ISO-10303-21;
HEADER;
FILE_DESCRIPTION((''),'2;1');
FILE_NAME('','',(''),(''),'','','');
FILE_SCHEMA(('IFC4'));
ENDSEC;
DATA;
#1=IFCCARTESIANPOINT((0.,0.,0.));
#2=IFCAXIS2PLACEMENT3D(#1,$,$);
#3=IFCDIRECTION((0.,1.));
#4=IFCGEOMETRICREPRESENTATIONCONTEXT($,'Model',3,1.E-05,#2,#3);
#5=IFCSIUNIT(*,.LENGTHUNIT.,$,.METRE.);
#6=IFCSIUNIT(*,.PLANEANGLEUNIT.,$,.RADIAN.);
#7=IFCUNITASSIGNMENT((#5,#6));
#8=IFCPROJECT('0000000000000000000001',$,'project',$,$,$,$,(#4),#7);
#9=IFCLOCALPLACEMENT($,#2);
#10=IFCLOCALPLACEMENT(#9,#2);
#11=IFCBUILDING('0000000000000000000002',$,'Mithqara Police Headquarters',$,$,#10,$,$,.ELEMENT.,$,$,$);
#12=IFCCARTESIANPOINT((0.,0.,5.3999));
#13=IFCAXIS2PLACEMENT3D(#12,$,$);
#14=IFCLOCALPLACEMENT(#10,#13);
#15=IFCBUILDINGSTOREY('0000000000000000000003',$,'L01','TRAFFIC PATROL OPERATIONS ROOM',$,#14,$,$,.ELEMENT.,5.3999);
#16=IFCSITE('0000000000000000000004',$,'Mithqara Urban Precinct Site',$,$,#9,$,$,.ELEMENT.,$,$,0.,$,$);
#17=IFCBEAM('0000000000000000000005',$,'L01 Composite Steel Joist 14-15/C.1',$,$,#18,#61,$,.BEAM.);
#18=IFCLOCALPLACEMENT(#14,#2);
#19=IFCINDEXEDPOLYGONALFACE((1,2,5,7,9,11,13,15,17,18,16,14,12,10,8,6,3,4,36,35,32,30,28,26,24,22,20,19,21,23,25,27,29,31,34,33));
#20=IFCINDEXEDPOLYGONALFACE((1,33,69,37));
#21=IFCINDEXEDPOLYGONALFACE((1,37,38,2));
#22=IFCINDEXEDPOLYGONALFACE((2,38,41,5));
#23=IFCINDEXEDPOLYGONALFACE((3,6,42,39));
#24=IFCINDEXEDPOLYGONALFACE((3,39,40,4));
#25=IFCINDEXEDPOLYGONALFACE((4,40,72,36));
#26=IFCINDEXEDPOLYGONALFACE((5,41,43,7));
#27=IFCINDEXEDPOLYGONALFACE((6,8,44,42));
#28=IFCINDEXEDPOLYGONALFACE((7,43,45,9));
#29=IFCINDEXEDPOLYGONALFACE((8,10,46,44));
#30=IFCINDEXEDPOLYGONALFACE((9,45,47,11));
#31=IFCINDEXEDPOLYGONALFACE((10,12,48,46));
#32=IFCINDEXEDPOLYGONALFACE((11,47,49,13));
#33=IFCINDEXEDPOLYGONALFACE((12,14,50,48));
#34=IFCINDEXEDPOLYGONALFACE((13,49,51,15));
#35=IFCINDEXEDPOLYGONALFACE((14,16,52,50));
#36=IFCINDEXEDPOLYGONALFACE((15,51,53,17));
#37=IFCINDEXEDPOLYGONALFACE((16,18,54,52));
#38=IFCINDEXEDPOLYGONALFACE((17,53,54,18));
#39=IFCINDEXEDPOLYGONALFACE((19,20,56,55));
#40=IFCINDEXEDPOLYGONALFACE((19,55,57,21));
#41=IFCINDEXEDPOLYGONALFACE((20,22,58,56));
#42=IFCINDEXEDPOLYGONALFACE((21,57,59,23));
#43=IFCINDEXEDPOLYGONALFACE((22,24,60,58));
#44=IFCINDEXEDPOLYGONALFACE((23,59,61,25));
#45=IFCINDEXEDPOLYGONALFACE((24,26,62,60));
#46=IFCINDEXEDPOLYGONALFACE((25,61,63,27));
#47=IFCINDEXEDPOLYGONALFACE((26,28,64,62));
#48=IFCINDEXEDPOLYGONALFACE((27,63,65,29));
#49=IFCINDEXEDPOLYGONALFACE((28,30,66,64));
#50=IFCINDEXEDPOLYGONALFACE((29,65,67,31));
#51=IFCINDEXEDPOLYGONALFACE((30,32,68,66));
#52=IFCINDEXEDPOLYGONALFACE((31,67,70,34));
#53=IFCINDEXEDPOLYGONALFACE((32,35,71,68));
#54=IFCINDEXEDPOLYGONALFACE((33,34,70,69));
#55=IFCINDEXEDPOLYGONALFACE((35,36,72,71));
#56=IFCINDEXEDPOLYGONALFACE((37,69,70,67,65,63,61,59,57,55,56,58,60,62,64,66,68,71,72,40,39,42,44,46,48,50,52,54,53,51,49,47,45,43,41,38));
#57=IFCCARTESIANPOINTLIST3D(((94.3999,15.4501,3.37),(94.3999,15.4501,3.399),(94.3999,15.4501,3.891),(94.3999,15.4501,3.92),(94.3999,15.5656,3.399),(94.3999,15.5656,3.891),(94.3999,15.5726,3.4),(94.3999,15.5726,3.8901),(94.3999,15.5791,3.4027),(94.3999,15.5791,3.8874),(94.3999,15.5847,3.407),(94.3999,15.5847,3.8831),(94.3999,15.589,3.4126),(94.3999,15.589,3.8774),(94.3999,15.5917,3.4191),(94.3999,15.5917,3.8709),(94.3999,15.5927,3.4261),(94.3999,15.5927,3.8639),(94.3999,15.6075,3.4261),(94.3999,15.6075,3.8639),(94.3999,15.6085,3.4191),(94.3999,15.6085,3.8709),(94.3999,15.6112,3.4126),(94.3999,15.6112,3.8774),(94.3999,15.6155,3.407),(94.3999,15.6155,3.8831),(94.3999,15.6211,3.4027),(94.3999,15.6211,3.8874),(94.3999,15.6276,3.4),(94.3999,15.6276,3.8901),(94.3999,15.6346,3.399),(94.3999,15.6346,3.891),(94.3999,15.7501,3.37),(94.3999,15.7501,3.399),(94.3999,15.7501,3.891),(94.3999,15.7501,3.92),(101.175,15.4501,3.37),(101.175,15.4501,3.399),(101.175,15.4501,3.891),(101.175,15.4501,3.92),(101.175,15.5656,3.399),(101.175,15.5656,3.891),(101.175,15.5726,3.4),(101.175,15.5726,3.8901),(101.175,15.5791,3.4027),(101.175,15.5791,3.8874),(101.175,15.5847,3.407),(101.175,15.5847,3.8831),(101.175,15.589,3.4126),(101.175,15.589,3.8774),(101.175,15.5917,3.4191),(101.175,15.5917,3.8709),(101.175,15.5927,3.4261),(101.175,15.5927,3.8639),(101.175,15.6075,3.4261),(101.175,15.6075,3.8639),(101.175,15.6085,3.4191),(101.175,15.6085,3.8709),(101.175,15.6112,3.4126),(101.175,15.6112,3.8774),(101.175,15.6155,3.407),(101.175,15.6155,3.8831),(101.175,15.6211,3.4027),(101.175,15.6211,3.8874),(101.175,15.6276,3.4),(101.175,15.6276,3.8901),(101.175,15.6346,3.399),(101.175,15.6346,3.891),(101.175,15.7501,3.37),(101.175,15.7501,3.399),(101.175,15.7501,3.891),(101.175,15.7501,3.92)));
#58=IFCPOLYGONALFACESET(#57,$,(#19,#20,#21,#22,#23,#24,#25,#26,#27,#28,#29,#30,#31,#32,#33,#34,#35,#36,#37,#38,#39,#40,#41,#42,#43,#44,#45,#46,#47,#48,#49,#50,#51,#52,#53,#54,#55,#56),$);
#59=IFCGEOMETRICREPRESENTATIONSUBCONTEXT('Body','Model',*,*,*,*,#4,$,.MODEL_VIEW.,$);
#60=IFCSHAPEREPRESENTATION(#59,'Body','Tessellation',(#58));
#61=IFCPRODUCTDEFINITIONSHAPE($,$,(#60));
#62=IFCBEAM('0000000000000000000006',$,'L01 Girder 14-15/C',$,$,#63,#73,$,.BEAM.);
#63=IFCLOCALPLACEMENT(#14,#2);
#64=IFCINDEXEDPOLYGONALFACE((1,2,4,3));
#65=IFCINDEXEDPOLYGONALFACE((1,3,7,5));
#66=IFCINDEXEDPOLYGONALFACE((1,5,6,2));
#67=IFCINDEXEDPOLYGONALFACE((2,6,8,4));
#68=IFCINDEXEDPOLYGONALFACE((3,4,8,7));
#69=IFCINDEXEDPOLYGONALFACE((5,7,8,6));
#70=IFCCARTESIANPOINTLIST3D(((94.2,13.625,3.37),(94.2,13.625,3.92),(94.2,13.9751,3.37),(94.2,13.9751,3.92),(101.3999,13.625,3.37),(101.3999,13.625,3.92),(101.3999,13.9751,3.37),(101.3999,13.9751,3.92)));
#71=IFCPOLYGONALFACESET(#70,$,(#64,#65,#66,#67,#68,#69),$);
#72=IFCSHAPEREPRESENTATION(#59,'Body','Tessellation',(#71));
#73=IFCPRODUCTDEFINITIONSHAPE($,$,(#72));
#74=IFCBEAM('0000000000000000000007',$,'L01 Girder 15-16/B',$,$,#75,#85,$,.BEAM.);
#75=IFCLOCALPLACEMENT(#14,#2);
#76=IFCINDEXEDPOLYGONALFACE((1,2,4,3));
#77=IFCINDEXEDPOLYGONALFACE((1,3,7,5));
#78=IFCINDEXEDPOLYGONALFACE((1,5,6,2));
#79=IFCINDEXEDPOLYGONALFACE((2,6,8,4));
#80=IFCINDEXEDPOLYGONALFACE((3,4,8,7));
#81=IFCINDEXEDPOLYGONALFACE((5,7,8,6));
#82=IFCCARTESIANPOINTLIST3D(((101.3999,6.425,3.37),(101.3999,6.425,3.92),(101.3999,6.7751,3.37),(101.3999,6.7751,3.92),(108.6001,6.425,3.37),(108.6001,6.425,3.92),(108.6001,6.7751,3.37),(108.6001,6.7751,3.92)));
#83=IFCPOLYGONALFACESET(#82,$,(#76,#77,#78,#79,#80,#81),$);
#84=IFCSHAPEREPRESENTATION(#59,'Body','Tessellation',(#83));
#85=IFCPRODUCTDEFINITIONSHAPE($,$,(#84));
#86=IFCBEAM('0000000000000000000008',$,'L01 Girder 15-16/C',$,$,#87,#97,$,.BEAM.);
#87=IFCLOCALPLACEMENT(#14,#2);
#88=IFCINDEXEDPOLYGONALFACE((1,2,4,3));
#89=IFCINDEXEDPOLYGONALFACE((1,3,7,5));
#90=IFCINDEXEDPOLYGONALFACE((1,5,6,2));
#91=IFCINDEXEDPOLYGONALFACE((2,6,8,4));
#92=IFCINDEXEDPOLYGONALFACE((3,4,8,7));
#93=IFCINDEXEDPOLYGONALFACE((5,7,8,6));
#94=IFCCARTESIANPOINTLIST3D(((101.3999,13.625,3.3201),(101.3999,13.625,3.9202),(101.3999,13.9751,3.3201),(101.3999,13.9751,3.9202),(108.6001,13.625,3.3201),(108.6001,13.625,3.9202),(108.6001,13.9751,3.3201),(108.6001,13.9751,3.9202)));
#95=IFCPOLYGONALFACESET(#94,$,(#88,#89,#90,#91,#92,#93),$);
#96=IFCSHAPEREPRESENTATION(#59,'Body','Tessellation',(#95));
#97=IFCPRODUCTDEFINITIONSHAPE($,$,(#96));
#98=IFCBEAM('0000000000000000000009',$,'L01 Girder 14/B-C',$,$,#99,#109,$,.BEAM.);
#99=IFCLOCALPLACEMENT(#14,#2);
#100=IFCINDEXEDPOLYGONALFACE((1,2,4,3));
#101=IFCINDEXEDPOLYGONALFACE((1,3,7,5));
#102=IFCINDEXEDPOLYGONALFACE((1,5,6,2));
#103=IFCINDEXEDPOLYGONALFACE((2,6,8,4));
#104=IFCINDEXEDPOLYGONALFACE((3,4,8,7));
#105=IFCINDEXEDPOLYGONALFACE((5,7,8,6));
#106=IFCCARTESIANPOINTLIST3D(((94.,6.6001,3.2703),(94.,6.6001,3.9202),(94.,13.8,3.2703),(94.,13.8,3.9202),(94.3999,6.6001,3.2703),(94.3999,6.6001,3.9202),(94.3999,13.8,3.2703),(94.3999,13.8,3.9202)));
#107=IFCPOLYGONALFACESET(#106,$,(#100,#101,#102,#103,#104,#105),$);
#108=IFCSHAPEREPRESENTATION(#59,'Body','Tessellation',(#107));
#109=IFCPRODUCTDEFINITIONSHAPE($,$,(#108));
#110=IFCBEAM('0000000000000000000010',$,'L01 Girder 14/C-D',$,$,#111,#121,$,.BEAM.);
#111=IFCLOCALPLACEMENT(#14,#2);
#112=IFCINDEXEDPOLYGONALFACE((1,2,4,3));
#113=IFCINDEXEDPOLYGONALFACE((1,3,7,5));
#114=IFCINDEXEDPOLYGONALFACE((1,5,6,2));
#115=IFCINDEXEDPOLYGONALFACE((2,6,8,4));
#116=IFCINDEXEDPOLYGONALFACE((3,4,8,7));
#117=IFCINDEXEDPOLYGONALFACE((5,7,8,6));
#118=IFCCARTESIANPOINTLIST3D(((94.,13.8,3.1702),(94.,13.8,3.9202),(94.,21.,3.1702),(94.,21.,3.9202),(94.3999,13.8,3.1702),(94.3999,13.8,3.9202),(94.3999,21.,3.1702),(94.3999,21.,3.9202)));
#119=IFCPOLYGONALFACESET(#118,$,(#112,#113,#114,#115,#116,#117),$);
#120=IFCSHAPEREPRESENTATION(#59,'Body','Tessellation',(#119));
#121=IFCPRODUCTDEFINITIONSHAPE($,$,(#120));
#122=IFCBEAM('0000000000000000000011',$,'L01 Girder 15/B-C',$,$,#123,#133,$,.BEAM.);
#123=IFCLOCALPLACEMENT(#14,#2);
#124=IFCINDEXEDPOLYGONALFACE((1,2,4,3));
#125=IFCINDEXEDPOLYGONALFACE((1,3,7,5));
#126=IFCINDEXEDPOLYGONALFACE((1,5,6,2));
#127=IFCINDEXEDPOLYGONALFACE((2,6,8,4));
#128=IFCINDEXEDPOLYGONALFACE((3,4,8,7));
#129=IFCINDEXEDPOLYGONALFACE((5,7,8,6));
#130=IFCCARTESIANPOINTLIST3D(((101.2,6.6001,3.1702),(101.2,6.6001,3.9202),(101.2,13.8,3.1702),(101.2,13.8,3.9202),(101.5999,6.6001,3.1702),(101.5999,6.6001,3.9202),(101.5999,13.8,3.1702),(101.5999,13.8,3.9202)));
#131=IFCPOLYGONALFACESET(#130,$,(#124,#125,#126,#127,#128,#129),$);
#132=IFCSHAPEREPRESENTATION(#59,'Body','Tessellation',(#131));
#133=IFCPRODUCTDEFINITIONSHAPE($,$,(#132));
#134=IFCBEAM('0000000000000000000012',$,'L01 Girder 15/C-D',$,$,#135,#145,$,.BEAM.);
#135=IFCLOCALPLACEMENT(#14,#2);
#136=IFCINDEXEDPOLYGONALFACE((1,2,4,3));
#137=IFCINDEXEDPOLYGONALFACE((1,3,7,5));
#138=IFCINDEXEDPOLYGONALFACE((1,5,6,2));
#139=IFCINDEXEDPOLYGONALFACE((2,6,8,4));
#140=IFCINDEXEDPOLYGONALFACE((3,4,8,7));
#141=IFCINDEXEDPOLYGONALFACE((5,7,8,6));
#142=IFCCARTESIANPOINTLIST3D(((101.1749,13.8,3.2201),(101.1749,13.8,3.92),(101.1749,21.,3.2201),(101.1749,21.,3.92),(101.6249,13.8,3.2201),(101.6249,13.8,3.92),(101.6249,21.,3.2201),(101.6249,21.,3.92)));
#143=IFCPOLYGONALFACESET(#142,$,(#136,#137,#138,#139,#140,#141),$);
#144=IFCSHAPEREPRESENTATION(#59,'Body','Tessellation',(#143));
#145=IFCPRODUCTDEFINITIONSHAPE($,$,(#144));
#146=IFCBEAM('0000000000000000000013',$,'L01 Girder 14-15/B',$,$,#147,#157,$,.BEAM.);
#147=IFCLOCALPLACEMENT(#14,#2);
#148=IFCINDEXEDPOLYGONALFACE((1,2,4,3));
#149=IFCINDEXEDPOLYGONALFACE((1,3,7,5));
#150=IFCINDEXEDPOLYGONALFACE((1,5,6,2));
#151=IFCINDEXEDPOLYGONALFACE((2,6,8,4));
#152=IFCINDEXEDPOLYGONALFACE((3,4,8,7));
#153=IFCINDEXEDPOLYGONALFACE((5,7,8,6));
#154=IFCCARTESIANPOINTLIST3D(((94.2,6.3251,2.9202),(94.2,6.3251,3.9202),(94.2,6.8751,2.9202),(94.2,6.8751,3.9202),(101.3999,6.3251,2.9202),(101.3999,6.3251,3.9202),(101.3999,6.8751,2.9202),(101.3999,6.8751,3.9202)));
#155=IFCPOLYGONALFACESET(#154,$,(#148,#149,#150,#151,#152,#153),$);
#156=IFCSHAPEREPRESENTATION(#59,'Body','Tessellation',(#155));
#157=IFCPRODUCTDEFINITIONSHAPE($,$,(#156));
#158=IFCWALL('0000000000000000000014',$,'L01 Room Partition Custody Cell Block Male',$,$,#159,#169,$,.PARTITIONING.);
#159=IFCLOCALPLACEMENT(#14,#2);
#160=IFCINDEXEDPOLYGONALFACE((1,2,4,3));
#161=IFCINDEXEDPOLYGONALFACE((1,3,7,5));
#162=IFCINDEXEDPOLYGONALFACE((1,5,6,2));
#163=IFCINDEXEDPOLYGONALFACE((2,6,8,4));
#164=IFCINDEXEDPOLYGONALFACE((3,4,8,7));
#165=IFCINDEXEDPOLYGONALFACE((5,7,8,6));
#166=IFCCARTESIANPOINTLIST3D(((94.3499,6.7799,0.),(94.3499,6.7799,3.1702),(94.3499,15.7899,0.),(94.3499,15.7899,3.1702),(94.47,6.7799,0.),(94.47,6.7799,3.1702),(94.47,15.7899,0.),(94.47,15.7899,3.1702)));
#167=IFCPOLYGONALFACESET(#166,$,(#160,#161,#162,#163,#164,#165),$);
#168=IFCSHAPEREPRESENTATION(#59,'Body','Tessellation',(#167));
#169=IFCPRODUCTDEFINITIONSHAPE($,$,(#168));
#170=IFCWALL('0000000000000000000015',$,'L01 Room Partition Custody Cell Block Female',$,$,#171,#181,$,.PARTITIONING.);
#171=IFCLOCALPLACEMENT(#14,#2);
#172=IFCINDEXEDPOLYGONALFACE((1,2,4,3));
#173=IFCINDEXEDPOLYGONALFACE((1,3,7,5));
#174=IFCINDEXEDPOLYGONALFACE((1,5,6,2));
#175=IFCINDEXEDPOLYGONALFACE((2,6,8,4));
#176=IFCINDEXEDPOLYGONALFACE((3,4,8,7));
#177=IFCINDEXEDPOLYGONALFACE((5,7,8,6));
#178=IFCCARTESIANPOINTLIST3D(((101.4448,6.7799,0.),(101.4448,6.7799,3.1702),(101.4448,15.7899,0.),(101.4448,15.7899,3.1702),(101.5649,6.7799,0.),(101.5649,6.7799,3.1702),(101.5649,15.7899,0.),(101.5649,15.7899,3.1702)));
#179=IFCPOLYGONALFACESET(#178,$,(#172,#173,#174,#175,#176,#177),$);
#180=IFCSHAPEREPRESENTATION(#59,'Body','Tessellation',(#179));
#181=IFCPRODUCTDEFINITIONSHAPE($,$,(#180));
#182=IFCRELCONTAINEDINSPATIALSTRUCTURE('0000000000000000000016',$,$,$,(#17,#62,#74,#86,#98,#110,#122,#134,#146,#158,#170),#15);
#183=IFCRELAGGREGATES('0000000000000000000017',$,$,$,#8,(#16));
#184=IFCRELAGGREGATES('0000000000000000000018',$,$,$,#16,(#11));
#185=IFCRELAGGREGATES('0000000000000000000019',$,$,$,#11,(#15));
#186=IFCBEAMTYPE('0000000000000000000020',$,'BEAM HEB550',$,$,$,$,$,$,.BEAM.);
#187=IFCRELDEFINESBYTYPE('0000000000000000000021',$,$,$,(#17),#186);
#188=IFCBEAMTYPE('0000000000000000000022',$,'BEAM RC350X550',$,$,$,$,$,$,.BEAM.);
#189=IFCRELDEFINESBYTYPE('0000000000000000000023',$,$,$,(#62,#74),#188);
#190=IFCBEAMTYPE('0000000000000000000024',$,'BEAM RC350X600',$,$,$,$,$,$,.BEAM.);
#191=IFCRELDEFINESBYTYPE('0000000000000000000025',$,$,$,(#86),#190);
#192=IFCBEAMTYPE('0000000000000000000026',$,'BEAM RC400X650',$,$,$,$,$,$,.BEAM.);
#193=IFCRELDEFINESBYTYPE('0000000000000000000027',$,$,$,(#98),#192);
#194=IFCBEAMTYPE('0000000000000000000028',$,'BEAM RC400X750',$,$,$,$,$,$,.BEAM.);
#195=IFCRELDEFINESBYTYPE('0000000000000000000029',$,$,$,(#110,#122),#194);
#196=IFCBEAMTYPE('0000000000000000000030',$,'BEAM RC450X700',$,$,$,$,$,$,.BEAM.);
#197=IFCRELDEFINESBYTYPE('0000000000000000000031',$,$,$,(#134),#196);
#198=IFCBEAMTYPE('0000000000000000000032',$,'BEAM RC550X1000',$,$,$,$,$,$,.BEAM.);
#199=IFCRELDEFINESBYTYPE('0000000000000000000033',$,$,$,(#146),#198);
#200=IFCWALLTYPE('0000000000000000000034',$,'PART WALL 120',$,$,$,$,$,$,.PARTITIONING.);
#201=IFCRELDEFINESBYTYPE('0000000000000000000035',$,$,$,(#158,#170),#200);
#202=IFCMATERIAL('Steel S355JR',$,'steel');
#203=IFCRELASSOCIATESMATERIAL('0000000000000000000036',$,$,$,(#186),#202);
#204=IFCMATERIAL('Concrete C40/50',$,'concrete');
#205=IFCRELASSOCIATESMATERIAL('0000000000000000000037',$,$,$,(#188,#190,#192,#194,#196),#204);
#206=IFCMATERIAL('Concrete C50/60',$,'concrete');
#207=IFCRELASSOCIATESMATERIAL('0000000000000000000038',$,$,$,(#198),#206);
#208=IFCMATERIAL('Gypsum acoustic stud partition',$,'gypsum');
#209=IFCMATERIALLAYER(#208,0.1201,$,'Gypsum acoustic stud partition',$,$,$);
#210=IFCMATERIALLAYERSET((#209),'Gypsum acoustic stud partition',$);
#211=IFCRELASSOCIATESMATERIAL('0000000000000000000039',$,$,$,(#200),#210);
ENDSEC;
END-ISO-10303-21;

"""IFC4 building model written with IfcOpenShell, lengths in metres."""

from ifc_helpers import new_model, si_unit, direction, frame, frame_2d, origin, origin_2d, place, context, subcontext, project, spatial, rectangle, i_section, extrude, material, layer, layer_set, material_profile, profile_set, type_object, element, save


model = new_model("IFC4")

# Units and contexts
model_context = context("Model", 3, precision=1e-05, world=origin(), true_north=direction((0.0, 1.0)))
body_context = subcontext(model_context, "Body", "Model", "MODEL_VIEW")
ifc_project = project(units=[si_unit("LENGTHUNIT", "METRE"), si_unit("PLANEANGLEUNIT", "RADIAN")], contexts=[model_context])

# Site, building, storey
site_placement = place(None, origin())
site = spatial("IfcSite", under=ifc_project, at=site_placement, Name="Mithqara Urban Precinct Site", CompositionType="ELEMENT", RefElevation=0.0)
building_placement = place(site_placement, origin())
building = spatial("IfcBuilding", under=site, at=building_placement, Name="Mithqara Police Headquarters", CompositionType="ELEMENT")
storey_placement = place(building_placement, frame((0.0, 0.0, 5.3999)))
storey = spatial("IfcBuildingStorey", under=building, at=storey_placement, Name="L01", Description="TRAFFIC PATROL OPERATIONS ROOM", CompositionType="ELEMENT", Elevation=5.3999)

# Shared definitions
ifc_material_1 = material(Name="Concrete C50/60", Category="concrete")

# Beams
ifc_material_2 = material(Name="Steel S355JR", Category="steel")
ifc_material_profile_1 = material_profile(ifc_material_2, i_section(OverallWidth=0.3, OverallDepth=0.55, WebThickness=0.0149, FlangeThickness=0.0291, FilletRadius=0.0271, at=origin_2d()), Name="HEB 550")
ifc_profile_set_1 = profile_set([ifc_material_profile_1], Name="Steel S355JR")
beam_type_1 = type_object("IfcBeamType", Name="BEAM HEB550", PredefinedType="BEAM", material=ifc_profile_set_1)
beam_1_placement = place(storey_placement, frame((94.3999, 15.6001, 3.645), z_axis=(1.0, 0.0, 0.0), x_axis=(0.0, 1.0, 0.0)))
element("IfcBeam", 1, at=beam_1_placement, inside=storey, type_object=beam_type_1, Name="L01 Composite Steel Joist 14-15/C.1", PredefinedType="BEAM", context=body_context, shape_type="SweptSolid", body=[
    extrude(i_section(OverallWidth=0.3, OverallDepth=0.55, WebThickness=0.0149, FlangeThickness=0.0291, FilletRadius=0.0271, at=origin_2d()), origin(), (0.0, 0.0, 1.0), 6.7751),
])
ifc_material_3 = material(Name="Concrete C40/50", Category="concrete")
ifc_material_profile_2 = material_profile(ifc_material_3, rectangle(XDim=0.3501, YDim=0.55, at=origin_2d()), Name="RC 350x550")
ifc_profile_set_2 = profile_set([ifc_material_profile_2], Name="Concrete C40/50")
beam_type_2 = type_object("IfcBeamType", Name="BEAM RC350X550", PredefinedType="BEAM", material=ifc_profile_set_2)
beam_2_placement = place(storey_placement, frame((94.2, 13.8, 3.645), z_axis=(1.0, 0.0, 0.0), x_axis=(0.0, 1.0, 0.0)))
element("IfcBeam", 2, at=beam_2_placement, inside=storey, type_object=beam_type_2, Name="L01 Girder 14-15/C", PredefinedType="BEAM", context=body_context, shape_type="SweptSolid", body=[
    extrude(rectangle(XDim=0.3501, YDim=0.55, at=origin_2d()), origin(), (0.0, 0.0, 1.0), 7.2),
])
beam_3_placement = place(storey_placement, frame((101.3999, 6.6001, 3.645), z_axis=(1.0, 0.0, 0.0), x_axis=(0.0, 1.0, 0.0)))
element("IfcBeam", 3, at=beam_3_placement, inside=storey, type_object=beam_type_2, Name="L01 Girder 15-16/B", PredefinedType="BEAM", context=body_context, shape_type="SweptSolid", body=[
    extrude(rectangle(XDim=0.3501, YDim=0.55, at=origin_2d()), origin(), (0.0, 0.0, 1.0), 7.2002),
])
ifc_material_profile_3 = material_profile(ifc_material_3, rectangle(XDim=0.3501, YDim=0.6001, at=origin_2d()), Name="RC 350x600")
ifc_profile_set_3 = profile_set([ifc_material_profile_3], Name="Concrete C40/50")
beam_type_3 = type_object("IfcBeamType", Name="BEAM RC350X600", PredefinedType="BEAM", material=ifc_profile_set_3)
beam_4_placement = place(storey_placement, frame((101.3999, 13.8, 3.6201), z_axis=(1.0, 0.0, 0.0), x_axis=(0.0, 1.0, 0.0)))
element("IfcBeam", 4, at=beam_4_placement, inside=storey, type_object=beam_type_3, Name="L01 Girder 15-16/C", PredefinedType="BEAM", context=body_context, shape_type="SweptSolid", body=[
    extrude(rectangle(XDim=0.3501, YDim=0.6001, at=origin_2d()), origin(), (0.0, 0.0, 1.0), 7.2002),
])
ifc_material_profile_4 = material_profile(ifc_material_3, rectangle(XDim=0.3999, YDim=0.6499, at=origin_2d()), Name="RC 400x650")
ifc_profile_set_4 = profile_set([ifc_material_profile_4], Name="Concrete C40/50")
beam_type_4 = type_object("IfcBeamType", Name="BEAM RC400X650", PredefinedType="BEAM", material=ifc_profile_set_4)
beam_5_placement = place(storey_placement, frame((94.2, 6.6001, 3.5952), z_axis=(0.0, 1.0, 0.0), x_axis=(-1.0, 0.0, 0.0)))
element("IfcBeam", 5, at=beam_5_placement, inside=storey, type_object=beam_type_4, Name="L01 Girder 14/B-C", PredefinedType="BEAM", context=body_context, shape_type="SweptSolid", body=[
    extrude(rectangle(XDim=0.3999, YDim=0.6499, at=origin_2d()), origin(), (0.0, 0.0, 1.0), 7.2),
])
ifc_material_profile_5 = material_profile(ifc_material_3, rectangle(XDim=0.3999, YDim=0.75, at=origin_2d()), Name="RC 400x750")
ifc_profile_set_5 = profile_set([ifc_material_profile_5], Name="Concrete C40/50")
beam_type_5 = type_object("IfcBeamType", Name="BEAM RC400X750", PredefinedType="BEAM", material=ifc_profile_set_5)
for number, where, z_axis, x_axis, name in (
    (6, (94.2, 13.8, 3.5452), (0.0, 1.0, 0.0), (-1.0, 0.0, 0.0), "L01 Girder 14/C-D"),
    (7, (101.3999, 6.6001, 3.5452), (0.0, 1.0, 0.0), (-1.0, 0.0, 0.0), "L01 Girder 15/B-C"),
):
    element("IfcBeam", number, at=place(storey_placement, frame(where, z_axis=z_axis, x_axis=x_axis)), inside=storey, type_object=beam_type_5, Name=name, PredefinedType="BEAM", context=body_context, shape_type="SweptSolid", body=[
        extrude(rectangle(XDim=0.3999, YDim=0.75, at=origin_2d()), origin(), (0.0, 0.0, 1.0), 7.2),
    ])
ifc_material_profile_6 = material_profile(ifc_material_3, rectangle(XDim=0.45, YDim=0.7, at=origin_2d()), Name="RC 450x700")
ifc_profile_set_6 = profile_set([ifc_material_profile_6], Name="Concrete C40/50")
beam_type_6 = type_object("IfcBeamType", Name="BEAM RC450X700", PredefinedType="BEAM", material=ifc_profile_set_6)
beam_6_placement = place(storey_placement, frame((101.3999, 13.8, 3.5701), z_axis=(0.0, 1.0, 0.0), x_axis=(-1.0, 0.0, 0.0)))
element("IfcBeam", 8, at=beam_6_placement, inside=storey, type_object=beam_type_6, Name="L01 Girder 15/C-D", PredefinedType="BEAM", context=body_context, shape_type="SweptSolid", body=[
    extrude(rectangle(XDim=0.45, YDim=0.7, at=origin_2d()), origin(), (0.0, 0.0, 1.0), 7.2),
])
ifc_material_profile_7 = material_profile(ifc_material_1, rectangle(XDim=0.55, YDim=1.0, at=origin_2d()), Name="RC 550x1000")
ifc_profile_set_7 = profile_set([ifc_material_profile_7], Name="Concrete C50/60")
beam_type_7 = type_object("IfcBeamType", Name="BEAM RC550X1000", PredefinedType="BEAM", material=ifc_profile_set_7)
beam_7_placement = place(storey_placement, frame((94.2, 6.6001, 3.4202), z_axis=(1.0, 0.0, 0.0), x_axis=(0.0, 1.0, 0.0)))
element("IfcBeam", 9, at=beam_7_placement, inside=storey, type_object=beam_type_7, Name="L01 Girder 14-15/B", PredefinedType="BEAM", context=body_context, shape_type="SweptSolid", body=[
    extrude(rectangle(XDim=0.55, YDim=1.0, at=origin_2d()), origin(), (0.0, 0.0, 1.0), 7.2),
])

# Walls
ifc_material_4 = material(Name="Gypsum acoustic stud partition", Category="gypsum")
ifc_layer_1 = layer(ifc_material_4, 0.1201, Name="Gypsum acoustic stud partition")
ifc_layer_set_1 = layer_set([ifc_layer_1], Name="Gypsum acoustic stud partition")
wall_type_1 = type_object("IfcWallType", Name="PART WALL 120", PredefinedType="PARTITIONING", material=ifc_layer_set_1)
for number, where, z_axis, x_axis, name in (
    (10, (94.4099, 6.78, 0.0), (0.0, 0.0, 1.0), (0.0, 1.0, 0.0), "L01 Room Partition Custody Cell Block Male"),
    (11, (101.5049, 6.78, 0.0), (0.0, 0.0, 1.0), (0.0, 1.0, 0.0), "L01 Room Partition Custody Cell Block Female"),
):
    element("IfcWall", number, at=place(storey_placement, frame(where, z_axis=z_axis, x_axis=x_axis)), inside=storey, type_object=wall_type_1, Name=name, PredefinedType="PARTITIONING", context=body_context, shape_type="SweptSolid", body=[
        extrude(rectangle(XDim=9.01, YDim=0.1201, at=frame_2d((4.5049, 0.0))), origin(), (0.0, 0.0, 1.0), 3.1702),
    ])

save(model, "model.ifc")
